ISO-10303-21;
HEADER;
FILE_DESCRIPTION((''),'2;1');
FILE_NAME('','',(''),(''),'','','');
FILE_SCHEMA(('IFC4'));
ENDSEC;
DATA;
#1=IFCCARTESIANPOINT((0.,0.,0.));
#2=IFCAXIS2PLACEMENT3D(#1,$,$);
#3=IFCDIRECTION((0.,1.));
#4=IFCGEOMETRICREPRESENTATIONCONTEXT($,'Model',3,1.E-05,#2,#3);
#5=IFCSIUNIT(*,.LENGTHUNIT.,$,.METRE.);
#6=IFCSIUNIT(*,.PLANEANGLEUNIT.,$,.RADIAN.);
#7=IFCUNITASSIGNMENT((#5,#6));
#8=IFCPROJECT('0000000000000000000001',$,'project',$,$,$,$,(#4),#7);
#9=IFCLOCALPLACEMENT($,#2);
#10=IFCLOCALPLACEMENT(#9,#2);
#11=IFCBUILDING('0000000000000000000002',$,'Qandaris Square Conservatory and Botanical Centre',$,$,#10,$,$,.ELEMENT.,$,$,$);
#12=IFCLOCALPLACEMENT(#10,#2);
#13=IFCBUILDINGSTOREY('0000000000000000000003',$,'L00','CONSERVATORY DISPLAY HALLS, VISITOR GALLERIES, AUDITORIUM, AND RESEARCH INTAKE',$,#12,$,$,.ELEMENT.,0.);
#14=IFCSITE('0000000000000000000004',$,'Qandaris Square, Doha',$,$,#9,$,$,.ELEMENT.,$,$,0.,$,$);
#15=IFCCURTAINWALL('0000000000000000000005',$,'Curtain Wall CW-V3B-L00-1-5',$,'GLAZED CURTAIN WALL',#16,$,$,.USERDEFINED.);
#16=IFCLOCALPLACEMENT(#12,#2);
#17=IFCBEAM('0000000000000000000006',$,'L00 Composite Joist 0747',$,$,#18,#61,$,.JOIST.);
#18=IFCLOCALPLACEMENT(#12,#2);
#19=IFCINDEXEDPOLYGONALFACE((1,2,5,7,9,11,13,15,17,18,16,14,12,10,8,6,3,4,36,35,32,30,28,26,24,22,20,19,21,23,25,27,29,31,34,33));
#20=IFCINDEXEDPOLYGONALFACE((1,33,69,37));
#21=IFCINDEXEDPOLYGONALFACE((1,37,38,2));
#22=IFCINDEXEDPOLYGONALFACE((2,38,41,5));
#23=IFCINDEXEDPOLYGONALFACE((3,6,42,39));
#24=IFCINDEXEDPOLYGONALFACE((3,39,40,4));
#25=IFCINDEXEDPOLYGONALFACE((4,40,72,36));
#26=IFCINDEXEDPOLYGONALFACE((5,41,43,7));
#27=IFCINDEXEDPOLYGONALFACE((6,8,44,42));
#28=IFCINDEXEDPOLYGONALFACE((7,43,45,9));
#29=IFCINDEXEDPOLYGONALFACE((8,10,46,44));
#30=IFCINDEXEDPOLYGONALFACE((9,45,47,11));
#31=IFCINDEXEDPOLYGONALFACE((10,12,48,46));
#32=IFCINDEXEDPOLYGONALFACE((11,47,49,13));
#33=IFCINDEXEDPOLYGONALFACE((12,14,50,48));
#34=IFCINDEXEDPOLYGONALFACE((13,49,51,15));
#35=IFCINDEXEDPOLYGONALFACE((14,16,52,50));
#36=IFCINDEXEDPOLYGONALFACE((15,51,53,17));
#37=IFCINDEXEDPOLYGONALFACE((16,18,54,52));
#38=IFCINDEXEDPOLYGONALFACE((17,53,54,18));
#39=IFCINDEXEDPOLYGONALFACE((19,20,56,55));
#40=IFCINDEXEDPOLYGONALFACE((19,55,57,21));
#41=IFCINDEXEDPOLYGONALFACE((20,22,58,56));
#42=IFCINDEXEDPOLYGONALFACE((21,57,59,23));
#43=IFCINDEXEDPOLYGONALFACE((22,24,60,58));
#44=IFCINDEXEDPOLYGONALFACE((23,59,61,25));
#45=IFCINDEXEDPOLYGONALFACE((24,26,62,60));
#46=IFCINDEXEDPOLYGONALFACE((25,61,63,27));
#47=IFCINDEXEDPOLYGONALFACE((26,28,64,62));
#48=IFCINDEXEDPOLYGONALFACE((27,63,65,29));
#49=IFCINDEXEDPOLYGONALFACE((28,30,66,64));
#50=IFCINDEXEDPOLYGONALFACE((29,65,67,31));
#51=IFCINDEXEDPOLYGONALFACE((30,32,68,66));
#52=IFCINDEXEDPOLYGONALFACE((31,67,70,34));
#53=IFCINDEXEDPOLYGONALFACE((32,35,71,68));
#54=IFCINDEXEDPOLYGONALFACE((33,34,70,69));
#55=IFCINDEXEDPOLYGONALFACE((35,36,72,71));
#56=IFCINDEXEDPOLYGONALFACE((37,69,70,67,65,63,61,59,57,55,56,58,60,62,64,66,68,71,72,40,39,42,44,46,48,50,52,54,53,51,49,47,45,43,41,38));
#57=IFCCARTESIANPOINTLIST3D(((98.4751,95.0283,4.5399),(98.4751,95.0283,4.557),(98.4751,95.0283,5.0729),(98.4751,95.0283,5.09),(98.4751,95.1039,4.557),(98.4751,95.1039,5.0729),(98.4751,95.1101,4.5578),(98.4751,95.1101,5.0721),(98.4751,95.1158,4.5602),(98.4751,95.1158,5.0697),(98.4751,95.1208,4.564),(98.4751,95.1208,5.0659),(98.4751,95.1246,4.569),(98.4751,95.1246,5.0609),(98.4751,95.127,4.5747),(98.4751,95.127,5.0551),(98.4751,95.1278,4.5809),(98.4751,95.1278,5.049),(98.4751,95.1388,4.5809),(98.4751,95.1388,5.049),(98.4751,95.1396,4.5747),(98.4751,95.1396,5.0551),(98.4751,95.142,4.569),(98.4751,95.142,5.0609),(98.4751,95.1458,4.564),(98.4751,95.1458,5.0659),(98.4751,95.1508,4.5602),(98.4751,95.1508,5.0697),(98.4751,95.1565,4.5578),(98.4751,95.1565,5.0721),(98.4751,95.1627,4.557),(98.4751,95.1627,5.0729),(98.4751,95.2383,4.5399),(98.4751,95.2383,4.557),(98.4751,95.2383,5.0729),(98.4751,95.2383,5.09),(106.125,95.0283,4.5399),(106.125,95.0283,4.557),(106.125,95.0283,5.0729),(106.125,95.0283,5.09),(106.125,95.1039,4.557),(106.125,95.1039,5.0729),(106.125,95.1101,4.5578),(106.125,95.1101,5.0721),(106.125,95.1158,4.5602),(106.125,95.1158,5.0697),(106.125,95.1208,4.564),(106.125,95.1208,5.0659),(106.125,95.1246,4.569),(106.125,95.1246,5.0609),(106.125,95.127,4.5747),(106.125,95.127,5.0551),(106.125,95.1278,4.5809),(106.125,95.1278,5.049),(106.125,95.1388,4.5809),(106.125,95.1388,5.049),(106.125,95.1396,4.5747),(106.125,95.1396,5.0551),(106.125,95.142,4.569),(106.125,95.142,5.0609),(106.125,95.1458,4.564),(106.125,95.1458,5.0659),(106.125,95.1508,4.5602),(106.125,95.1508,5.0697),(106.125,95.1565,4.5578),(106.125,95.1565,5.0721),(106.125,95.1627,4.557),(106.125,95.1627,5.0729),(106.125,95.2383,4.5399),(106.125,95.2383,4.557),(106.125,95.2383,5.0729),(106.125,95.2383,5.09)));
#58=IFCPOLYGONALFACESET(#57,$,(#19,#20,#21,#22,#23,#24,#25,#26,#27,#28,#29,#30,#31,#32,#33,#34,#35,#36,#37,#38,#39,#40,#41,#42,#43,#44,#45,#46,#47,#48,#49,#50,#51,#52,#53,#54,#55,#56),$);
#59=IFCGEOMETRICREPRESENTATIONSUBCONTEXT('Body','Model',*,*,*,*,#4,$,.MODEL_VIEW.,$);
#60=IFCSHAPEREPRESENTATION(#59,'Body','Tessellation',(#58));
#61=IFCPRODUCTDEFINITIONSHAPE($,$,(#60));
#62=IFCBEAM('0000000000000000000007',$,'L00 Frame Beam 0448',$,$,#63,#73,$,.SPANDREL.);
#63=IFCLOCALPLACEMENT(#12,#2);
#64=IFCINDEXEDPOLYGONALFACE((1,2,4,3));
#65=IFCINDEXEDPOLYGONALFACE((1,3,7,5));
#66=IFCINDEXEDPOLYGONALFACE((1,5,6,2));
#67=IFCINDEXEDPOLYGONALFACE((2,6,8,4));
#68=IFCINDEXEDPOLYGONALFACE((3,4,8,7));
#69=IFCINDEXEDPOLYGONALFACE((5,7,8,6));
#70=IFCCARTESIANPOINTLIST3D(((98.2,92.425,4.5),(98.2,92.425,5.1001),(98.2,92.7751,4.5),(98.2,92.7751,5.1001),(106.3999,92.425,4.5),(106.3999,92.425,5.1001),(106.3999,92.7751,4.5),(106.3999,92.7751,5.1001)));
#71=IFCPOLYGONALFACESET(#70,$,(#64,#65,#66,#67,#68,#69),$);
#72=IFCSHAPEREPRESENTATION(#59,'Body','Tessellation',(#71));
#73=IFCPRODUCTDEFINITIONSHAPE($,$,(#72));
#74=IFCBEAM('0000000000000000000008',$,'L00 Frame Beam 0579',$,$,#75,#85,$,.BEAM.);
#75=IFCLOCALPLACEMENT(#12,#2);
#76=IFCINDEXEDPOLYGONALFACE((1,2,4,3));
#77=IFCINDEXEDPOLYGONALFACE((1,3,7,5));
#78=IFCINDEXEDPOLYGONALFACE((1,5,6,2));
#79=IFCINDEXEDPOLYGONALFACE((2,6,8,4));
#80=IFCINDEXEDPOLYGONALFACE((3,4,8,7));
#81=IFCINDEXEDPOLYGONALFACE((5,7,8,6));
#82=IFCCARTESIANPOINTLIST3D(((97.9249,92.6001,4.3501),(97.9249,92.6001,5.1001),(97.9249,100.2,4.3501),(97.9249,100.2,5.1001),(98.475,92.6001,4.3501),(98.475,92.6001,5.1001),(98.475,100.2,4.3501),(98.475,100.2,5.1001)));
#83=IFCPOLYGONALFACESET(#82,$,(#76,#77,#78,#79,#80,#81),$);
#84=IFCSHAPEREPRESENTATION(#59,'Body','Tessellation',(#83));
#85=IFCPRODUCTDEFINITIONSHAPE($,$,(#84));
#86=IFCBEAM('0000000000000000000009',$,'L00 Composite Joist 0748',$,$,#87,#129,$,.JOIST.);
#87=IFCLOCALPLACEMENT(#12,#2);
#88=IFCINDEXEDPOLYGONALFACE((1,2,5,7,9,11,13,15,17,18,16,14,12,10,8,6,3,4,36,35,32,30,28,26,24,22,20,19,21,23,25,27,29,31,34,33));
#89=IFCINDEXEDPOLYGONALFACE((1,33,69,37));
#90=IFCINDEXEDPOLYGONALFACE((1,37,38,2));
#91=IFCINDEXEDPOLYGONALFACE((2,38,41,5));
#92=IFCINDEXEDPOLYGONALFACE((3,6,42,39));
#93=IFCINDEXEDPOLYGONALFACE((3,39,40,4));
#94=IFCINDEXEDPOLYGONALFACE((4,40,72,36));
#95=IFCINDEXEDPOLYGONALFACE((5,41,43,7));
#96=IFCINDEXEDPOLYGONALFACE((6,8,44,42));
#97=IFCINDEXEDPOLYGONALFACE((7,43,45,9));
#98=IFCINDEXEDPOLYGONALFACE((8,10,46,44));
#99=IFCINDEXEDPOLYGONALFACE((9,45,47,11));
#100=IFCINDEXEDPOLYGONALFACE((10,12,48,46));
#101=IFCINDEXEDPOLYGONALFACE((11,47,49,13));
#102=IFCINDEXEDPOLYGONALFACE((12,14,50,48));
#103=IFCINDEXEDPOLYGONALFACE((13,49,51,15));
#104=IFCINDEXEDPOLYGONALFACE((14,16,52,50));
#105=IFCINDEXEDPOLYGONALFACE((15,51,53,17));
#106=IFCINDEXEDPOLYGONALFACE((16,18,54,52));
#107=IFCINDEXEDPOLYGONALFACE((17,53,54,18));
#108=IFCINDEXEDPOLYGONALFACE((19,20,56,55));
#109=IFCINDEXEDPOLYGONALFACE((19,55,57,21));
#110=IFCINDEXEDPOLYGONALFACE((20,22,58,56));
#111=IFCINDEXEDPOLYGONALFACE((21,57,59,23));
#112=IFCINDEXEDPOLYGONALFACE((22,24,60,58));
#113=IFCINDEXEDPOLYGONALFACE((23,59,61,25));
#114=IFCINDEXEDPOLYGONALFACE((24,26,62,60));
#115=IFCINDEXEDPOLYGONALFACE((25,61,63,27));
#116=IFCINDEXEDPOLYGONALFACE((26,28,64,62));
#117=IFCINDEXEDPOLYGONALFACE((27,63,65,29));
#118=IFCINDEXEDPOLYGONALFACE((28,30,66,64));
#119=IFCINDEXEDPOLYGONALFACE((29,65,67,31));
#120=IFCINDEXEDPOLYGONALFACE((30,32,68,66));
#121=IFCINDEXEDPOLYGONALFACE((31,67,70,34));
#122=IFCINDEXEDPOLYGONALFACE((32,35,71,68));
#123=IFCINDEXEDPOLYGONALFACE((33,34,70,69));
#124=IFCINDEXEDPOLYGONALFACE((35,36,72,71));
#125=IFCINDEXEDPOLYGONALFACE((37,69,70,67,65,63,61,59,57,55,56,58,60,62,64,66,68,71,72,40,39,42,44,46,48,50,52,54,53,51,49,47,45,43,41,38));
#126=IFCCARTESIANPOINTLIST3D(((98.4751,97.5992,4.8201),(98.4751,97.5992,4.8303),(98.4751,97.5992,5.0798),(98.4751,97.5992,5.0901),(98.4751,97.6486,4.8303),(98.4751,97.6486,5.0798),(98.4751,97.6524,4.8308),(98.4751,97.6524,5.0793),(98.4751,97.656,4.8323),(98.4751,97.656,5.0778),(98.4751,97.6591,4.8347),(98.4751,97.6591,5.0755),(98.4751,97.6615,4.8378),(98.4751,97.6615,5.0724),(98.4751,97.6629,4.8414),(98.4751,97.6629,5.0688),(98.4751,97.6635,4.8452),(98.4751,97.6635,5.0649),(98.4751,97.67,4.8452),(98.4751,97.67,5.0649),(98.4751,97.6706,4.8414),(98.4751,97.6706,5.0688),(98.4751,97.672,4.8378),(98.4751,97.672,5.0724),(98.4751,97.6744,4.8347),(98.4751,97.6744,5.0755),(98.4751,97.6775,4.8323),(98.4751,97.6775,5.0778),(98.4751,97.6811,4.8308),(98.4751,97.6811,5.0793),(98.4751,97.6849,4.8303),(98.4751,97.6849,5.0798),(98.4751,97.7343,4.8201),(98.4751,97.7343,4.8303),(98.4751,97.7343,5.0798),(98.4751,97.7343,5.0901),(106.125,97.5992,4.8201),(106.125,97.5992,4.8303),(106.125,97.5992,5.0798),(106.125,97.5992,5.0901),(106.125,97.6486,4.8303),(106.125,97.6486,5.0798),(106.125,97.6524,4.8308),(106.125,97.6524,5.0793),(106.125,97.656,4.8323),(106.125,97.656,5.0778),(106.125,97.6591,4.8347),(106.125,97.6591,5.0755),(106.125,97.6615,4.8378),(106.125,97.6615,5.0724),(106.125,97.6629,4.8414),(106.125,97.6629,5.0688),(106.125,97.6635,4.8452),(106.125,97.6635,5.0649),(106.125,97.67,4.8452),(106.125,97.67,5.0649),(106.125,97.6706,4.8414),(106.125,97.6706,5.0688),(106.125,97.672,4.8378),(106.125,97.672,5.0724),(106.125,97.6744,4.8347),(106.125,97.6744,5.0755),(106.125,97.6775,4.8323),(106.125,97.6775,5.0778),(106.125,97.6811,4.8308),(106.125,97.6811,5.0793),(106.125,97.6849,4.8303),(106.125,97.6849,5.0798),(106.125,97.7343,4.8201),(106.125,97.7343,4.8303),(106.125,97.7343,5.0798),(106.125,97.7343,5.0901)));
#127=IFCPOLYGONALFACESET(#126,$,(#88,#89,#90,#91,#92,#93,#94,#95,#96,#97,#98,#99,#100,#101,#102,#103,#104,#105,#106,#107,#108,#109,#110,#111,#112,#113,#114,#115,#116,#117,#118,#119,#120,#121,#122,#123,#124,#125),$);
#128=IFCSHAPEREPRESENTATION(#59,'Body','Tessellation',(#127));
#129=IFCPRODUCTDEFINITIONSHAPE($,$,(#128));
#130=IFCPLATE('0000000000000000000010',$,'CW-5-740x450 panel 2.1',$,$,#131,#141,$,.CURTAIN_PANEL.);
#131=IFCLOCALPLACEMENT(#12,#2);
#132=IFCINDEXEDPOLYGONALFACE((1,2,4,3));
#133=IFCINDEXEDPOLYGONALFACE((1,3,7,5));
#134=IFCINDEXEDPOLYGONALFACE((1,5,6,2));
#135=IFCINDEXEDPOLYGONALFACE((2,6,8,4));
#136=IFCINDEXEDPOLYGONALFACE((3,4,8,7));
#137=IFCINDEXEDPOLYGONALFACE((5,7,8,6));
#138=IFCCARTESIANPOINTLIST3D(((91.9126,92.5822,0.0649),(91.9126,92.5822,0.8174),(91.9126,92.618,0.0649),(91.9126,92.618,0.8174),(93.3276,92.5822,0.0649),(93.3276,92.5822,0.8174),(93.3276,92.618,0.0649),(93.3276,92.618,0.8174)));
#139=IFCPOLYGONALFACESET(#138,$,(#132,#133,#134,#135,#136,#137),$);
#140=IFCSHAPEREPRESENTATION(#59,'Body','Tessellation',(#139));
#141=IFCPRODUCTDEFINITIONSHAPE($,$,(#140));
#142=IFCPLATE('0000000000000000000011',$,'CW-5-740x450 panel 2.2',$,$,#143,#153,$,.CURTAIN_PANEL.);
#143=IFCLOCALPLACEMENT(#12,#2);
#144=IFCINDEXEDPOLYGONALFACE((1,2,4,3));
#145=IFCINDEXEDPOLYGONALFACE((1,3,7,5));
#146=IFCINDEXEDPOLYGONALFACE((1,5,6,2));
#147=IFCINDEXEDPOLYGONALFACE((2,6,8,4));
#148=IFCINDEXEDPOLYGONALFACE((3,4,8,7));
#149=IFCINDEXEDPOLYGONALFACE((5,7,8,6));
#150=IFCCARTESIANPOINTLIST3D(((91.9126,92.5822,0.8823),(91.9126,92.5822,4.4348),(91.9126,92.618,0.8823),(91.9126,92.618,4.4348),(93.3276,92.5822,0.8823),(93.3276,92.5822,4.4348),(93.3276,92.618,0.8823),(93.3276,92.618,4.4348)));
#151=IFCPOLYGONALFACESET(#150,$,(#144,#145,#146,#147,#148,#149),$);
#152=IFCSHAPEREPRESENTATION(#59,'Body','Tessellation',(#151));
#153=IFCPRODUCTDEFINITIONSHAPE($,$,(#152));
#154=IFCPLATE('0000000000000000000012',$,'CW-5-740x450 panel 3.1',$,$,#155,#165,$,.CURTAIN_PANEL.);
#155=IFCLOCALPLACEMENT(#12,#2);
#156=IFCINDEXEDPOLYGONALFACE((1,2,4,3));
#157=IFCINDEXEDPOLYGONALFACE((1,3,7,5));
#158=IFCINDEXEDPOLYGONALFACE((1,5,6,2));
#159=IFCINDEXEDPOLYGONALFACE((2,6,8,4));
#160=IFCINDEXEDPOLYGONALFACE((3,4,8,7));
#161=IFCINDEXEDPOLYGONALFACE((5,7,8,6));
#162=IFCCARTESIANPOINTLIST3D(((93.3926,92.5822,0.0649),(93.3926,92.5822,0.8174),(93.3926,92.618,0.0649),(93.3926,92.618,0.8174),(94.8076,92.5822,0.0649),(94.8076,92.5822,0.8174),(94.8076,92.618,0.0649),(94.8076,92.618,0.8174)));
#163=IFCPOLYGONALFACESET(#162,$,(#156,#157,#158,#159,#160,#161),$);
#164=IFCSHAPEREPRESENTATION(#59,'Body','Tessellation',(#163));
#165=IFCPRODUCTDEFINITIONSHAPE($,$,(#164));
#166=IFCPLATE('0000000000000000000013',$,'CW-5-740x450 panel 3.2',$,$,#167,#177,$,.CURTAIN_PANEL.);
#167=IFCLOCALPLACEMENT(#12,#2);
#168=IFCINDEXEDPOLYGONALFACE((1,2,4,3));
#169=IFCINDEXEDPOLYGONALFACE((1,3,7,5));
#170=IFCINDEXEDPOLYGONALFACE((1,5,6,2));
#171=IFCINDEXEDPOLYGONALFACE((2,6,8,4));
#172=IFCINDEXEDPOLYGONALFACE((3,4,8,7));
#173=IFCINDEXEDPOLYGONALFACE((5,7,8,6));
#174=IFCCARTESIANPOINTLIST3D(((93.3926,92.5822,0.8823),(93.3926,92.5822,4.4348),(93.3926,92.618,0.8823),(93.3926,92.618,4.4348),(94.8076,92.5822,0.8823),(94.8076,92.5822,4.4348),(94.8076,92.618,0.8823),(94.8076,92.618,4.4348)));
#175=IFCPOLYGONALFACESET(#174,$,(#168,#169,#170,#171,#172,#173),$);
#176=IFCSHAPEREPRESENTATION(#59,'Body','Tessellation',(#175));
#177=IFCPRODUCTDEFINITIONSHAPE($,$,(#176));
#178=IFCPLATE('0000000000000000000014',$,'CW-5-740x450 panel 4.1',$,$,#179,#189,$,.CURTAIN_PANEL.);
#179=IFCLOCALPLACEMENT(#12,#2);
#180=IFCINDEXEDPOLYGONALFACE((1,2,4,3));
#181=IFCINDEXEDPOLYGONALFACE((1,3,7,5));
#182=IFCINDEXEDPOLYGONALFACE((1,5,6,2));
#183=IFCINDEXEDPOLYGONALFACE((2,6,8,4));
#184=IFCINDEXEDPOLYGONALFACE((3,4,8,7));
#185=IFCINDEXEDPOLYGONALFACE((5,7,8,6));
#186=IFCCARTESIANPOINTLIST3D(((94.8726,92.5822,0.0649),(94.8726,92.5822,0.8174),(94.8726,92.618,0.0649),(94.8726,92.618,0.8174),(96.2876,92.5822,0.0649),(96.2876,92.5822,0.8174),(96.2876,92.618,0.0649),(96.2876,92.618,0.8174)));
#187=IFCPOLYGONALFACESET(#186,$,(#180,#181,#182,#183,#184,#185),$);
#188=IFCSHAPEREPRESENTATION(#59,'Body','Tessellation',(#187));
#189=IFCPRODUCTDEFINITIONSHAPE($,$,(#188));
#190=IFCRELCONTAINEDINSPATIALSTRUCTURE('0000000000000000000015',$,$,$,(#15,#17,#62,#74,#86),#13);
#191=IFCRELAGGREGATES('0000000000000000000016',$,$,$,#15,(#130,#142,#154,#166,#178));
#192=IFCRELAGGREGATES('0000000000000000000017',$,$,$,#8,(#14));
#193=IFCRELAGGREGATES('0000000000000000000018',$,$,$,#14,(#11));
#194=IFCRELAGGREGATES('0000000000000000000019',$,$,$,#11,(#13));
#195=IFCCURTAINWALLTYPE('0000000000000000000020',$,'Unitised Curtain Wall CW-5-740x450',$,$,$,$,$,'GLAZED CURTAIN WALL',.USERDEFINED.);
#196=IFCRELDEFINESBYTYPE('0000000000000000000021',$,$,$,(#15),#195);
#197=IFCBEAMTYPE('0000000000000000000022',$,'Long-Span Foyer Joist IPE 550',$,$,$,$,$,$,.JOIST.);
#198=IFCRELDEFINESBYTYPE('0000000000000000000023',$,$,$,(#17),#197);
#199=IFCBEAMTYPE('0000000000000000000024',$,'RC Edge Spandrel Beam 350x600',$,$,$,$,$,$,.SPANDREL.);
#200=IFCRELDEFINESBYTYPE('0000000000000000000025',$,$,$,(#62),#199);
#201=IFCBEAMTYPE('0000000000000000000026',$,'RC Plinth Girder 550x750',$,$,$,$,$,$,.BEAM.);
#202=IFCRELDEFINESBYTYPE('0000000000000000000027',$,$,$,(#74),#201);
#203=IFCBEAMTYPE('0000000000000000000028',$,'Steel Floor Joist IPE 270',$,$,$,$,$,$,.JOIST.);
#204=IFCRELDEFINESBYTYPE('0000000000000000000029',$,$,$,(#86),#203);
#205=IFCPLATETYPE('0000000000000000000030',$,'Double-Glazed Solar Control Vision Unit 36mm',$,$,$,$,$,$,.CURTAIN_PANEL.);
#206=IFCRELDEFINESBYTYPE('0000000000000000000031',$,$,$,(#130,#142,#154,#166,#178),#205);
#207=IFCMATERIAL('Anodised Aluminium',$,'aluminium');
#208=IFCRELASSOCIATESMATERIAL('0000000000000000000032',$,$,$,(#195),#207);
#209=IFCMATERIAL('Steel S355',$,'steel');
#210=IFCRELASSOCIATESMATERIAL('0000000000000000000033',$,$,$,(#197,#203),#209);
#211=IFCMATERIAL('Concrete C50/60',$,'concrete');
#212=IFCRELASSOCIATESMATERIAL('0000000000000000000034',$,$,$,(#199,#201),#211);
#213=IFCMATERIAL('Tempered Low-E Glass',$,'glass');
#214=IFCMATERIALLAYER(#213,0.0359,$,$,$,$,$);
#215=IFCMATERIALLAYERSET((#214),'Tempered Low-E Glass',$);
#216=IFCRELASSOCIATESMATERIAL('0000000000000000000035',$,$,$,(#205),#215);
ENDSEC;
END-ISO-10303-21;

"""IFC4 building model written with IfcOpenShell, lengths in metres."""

from ifc_helpers import new_model, si_unit, direction, frame, origin, origin_2d, place, context, subcontext, project, spatial, rectangle, i_section, extrude, material, layer, layer_set, material_profile, profile_set, type_object, element, aggregate, save


model = new_model("IFC4")

# Units and contexts
model_context = context("Model", 3, precision=1e-05, world=origin(), true_north=direction((0.0, 1.0)))
body_context = subcontext(model_context, "Body", "Model", "MODEL_VIEW")
ifc_project = project(units=[si_unit("LENGTHUNIT", "METRE"), si_unit("PLANEANGLEUNIT", "RADIAN")], contexts=[model_context])

# Site, building, storey
site_placement = place(None, origin())
site = spatial("IfcSite", under=ifc_project, at=site_placement, Name="Qandaris Square, Doha", CompositionType="ELEMENT", RefElevation=0.0)
building_placement = place(site_placement, origin())
building = spatial("IfcBuilding", under=site, at=building_placement, Name="Qandaris Square Conservatory and Botanical Centre", CompositionType="ELEMENT")
storey_placement = place(building_placement, origin())
storey = spatial("IfcBuildingStorey", under=building, at=storey_placement, Name="L00", Description="CONSERVATORY DISPLAY HALLS, VISITOR GALLERIES, AUDITORIUM, AND RESEARCH INTAKE", CompositionType="ELEMENT", Elevation=0.0)

# Shared definitions
ifc_material_1 = material(Name="Concrete C50/60", Category="concrete")

# Curtain wall
ifc_material_2 = material(Name="Anodised Aluminium", Category="aluminium")
curtain_wall_type = type_object("IfcCurtainWallType", Name="Unitised Curtain Wall CW-5-740x450", ElementType="GLAZED CURTAIN WALL", PredefinedType="USERDEFINED", material=ifc_material_2)
curtain_wall_placement = place(storey_placement, origin())
curtain_wall = element("IfcCurtainWall", 1, at=curtain_wall_placement, inside=storey, type_object=curtain_wall_type, Name="Curtain Wall CW-V3B-L00-1-5", ObjectType="GLAZED CURTAIN WALL", PredefinedType="USERDEFINED")

# Beams
ifc_material_3 = material(Name="Steel S355", Category="steel")
ifc_material_profile_1 = material_profile(ifc_material_3, i_section(OverallWidth=0.21, OverallDepth=0.55, WebThickness=0.011, FlangeThickness=0.0171, FilletRadius=0.0239, at=origin_2d()), Name="IPE 550")
ifc_profile_set_1 = profile_set([ifc_material_profile_1], Name="Steel S355")
beam_type_1 = type_object("IfcBeamType", Name="Long-Span Foyer Joist IPE 550", PredefinedType="JOIST", material=ifc_profile_set_1)
beam_1_placement = place(storey_placement, frame((98.4751, 95.1333, 4.8149), z_axis=(1.0, 0.0, 0.0), x_axis=(0.0, 1.0, 0.0)))
element("IfcBeam", 2, at=beam_1_placement, inside=storey, type_object=beam_type_1, Name="L00 Composite Joist 0747", PredefinedType="JOIST", context=body_context, shape_type="SweptSolid", body=[
    extrude(i_section(OverallWidth=0.21, OverallDepth=0.55, WebThickness=0.011, FlangeThickness=0.0171, FilletRadius=0.0239, at=origin_2d()), origin(), (0.0, 0.0, 1.0), 7.6499),
])
ifc_material_profile_2 = material_profile(ifc_material_1, rectangle(XDim=0.3501, YDim=0.6001, at=origin_2d()), Name="RC-SP 350x600")
ifc_profile_set_2 = profile_set([ifc_material_profile_2], Name="Concrete C50/60")
beam_type_2 = type_object("IfcBeamType", Name="RC Edge Spandrel Beam 350x600", PredefinedType="SPANDREL", material=ifc_profile_set_2)
beam_2_placement = place(storey_placement, frame((98.2, 92.6001, 4.8), z_axis=(1.0, 0.0, 0.0), x_axis=(0.0, 1.0, 0.0)))
element("IfcBeam", 3, at=beam_2_placement, inside=storey, type_object=beam_type_2, Name="L00 Frame Beam 0448", PredefinedType="SPANDREL", context=body_context, shape_type="SweptSolid", body=[
    extrude(rectangle(XDim=0.3501, YDim=0.6001, at=origin_2d()), origin(), (0.0, 0.0, 1.0), 8.2),
])
ifc_material_profile_3 = material_profile(ifc_material_1, rectangle(XDim=0.55, YDim=0.75, at=origin_2d()), Name="RC-BM 550x750")
ifc_profile_set_3 = profile_set([ifc_material_profile_3], Name="Concrete C50/60")
beam_type_3 = type_object("IfcBeamType", Name="RC Plinth Girder 550x750", PredefinedType="BEAM", material=ifc_profile_set_3)
beam_3_placement = place(storey_placement, frame((98.2, 92.6001, 4.7251), z_axis=(0.0, 1.0, 0.0), x_axis=(-1.0, 0.0, 0.0)))
element("IfcBeam", 4, at=beam_3_placement, inside=storey, type_object=beam_type_3, Name="L00 Frame Beam 0579", PredefinedType="BEAM", context=body_context, shape_type="SweptSolid", body=[
    extrude(rectangle(XDim=0.55, YDim=0.75, at=origin_2d()), origin(), (0.0, 0.0, 1.0), 7.5999),
])
ifc_material_profile_4 = material_profile(ifc_material_3, i_section(OverallWidth=0.135, OverallDepth=0.27, WebThickness=0.0066, FlangeThickness=0.0103, FilletRadius=0.0149, at=origin_2d()), Name="IPE 270")
ifc_profile_set_4 = profile_set([ifc_material_profile_4], Name="Steel S355")
beam_type_4 = type_object("IfcBeamType", Name="Steel Floor Joist IPE 270", PredefinedType="JOIST", material=ifc_profile_set_4)
beam_4_placement = place(storey_placement, frame((98.4751, 97.6667, 4.9551), z_axis=(1.0, 0.0, 0.0), x_axis=(0.0, 1.0, 0.0)))
element("IfcBeam", 5, at=beam_4_placement, inside=storey, type_object=beam_type_4, Name="L00 Composite Joist 0748", PredefinedType="JOIST", context=body_context, shape_type="SweptSolid", body=[
    extrude(i_section(OverallWidth=0.135, OverallDepth=0.27, WebThickness=0.0066, FlangeThickness=0.0103, FilletRadius=0.0149, at=origin_2d()), origin(), (0.0, 0.0, 1.0), 7.6499),
])

# Plates
ifc_material_4 = material(Name="Tempered Low-E Glass", Category="glass")
ifc_layer_1 = layer(ifc_material_4, 0.0359)
ifc_layer_set_1 = layer_set([ifc_layer_1], Name="Tempered Low-E Glass")
plate_type_1 = type_object("IfcPlateType", Name="Double-Glazed Solar Control Vision Unit 36mm", PredefinedType="CURTAIN_PANEL", material=ifc_layer_set_1)
plate_1_placement = place(storey_placement, frame((92.6201, 92.6001, 0.0649), z_axis=(0.0, 0.0, 1.0), x_axis=(1.0, 0.0, 0.0)))
plate_1 = element("IfcPlate", 6, at=plate_1_placement, type_object=plate_type_1, Name="CW-5-740x450 panel 2.1", PredefinedType="CURTAIN_PANEL", context=body_context, shape_type="SweptSolid", body=[
    extrude(rectangle(XDim=1.415, YDim=0.0359, at=origin_2d()), origin(), (0.0, 0.0, 1.0), 0.7524),
])
plate_2_placement = place(storey_placement, frame((92.6201, 92.6001, 0.8823), z_axis=(0.0, 0.0, 1.0), x_axis=(1.0, 0.0, 0.0)))
plate_2 = element("IfcPlate", 7, at=plate_2_placement, type_object=plate_type_1, Name="CW-5-740x450 panel 2.2", PredefinedType="CURTAIN_PANEL", context=body_context, shape_type="SweptSolid", body=[
    extrude(rectangle(XDim=1.415, YDim=0.0359, at=origin_2d()), origin(), (0.0, 0.0, 1.0), 3.5525),
])
plate_3_placement = place(storey_placement, frame((94.1001, 92.6001, 0.0649), z_axis=(0.0, 0.0, 1.0), x_axis=(1.0, 0.0, 0.0)))
plate_3 = element("IfcPlate", 8, at=plate_3_placement, type_object=plate_type_1, Name="CW-5-740x450 panel 3.1", PredefinedType="CURTAIN_PANEL", context=body_context, shape_type="SweptSolid", body=[
    extrude(rectangle(XDim=1.415, YDim=0.0359, at=origin_2d()), origin(), (0.0, 0.0, 1.0), 0.7524),
])
plate_4_placement = place(storey_placement, frame((94.1001, 92.6001, 0.8823), z_axis=(0.0, 0.0, 1.0), x_axis=(1.0, 0.0, 0.0)))
plate_4 = element("IfcPlate", 9, at=plate_4_placement, type_object=plate_type_1, Name="CW-5-740x450 panel 3.2", PredefinedType="CURTAIN_PANEL", context=body_context, shape_type="SweptSolid", body=[
    extrude(rectangle(XDim=1.415, YDim=0.0359, at=origin_2d()), origin(), (0.0, 0.0, 1.0), 3.5525),
])
plate_5_placement = place(storey_placement, frame((95.5801, 92.6001, 0.0649), z_axis=(0.0, 0.0, 1.0), x_axis=(1.0, 0.0, 0.0)))
plate_5 = element("IfcPlate", 10, at=plate_5_placement, type_object=plate_type_1, Name="CW-5-740x450 panel 4.1", PredefinedType="CURTAIN_PANEL", context=body_context, shape_type="SweptSolid", body=[
    extrude(rectangle(XDim=1.415, YDim=0.0359, at=origin_2d()), origin(), (0.0, 0.0, 1.0), 0.7524),
])
aggregate(curtain_wall, [plate_1, plate_2, plate_3, plate_4, plate_5])

save(model, "model.ifc")
